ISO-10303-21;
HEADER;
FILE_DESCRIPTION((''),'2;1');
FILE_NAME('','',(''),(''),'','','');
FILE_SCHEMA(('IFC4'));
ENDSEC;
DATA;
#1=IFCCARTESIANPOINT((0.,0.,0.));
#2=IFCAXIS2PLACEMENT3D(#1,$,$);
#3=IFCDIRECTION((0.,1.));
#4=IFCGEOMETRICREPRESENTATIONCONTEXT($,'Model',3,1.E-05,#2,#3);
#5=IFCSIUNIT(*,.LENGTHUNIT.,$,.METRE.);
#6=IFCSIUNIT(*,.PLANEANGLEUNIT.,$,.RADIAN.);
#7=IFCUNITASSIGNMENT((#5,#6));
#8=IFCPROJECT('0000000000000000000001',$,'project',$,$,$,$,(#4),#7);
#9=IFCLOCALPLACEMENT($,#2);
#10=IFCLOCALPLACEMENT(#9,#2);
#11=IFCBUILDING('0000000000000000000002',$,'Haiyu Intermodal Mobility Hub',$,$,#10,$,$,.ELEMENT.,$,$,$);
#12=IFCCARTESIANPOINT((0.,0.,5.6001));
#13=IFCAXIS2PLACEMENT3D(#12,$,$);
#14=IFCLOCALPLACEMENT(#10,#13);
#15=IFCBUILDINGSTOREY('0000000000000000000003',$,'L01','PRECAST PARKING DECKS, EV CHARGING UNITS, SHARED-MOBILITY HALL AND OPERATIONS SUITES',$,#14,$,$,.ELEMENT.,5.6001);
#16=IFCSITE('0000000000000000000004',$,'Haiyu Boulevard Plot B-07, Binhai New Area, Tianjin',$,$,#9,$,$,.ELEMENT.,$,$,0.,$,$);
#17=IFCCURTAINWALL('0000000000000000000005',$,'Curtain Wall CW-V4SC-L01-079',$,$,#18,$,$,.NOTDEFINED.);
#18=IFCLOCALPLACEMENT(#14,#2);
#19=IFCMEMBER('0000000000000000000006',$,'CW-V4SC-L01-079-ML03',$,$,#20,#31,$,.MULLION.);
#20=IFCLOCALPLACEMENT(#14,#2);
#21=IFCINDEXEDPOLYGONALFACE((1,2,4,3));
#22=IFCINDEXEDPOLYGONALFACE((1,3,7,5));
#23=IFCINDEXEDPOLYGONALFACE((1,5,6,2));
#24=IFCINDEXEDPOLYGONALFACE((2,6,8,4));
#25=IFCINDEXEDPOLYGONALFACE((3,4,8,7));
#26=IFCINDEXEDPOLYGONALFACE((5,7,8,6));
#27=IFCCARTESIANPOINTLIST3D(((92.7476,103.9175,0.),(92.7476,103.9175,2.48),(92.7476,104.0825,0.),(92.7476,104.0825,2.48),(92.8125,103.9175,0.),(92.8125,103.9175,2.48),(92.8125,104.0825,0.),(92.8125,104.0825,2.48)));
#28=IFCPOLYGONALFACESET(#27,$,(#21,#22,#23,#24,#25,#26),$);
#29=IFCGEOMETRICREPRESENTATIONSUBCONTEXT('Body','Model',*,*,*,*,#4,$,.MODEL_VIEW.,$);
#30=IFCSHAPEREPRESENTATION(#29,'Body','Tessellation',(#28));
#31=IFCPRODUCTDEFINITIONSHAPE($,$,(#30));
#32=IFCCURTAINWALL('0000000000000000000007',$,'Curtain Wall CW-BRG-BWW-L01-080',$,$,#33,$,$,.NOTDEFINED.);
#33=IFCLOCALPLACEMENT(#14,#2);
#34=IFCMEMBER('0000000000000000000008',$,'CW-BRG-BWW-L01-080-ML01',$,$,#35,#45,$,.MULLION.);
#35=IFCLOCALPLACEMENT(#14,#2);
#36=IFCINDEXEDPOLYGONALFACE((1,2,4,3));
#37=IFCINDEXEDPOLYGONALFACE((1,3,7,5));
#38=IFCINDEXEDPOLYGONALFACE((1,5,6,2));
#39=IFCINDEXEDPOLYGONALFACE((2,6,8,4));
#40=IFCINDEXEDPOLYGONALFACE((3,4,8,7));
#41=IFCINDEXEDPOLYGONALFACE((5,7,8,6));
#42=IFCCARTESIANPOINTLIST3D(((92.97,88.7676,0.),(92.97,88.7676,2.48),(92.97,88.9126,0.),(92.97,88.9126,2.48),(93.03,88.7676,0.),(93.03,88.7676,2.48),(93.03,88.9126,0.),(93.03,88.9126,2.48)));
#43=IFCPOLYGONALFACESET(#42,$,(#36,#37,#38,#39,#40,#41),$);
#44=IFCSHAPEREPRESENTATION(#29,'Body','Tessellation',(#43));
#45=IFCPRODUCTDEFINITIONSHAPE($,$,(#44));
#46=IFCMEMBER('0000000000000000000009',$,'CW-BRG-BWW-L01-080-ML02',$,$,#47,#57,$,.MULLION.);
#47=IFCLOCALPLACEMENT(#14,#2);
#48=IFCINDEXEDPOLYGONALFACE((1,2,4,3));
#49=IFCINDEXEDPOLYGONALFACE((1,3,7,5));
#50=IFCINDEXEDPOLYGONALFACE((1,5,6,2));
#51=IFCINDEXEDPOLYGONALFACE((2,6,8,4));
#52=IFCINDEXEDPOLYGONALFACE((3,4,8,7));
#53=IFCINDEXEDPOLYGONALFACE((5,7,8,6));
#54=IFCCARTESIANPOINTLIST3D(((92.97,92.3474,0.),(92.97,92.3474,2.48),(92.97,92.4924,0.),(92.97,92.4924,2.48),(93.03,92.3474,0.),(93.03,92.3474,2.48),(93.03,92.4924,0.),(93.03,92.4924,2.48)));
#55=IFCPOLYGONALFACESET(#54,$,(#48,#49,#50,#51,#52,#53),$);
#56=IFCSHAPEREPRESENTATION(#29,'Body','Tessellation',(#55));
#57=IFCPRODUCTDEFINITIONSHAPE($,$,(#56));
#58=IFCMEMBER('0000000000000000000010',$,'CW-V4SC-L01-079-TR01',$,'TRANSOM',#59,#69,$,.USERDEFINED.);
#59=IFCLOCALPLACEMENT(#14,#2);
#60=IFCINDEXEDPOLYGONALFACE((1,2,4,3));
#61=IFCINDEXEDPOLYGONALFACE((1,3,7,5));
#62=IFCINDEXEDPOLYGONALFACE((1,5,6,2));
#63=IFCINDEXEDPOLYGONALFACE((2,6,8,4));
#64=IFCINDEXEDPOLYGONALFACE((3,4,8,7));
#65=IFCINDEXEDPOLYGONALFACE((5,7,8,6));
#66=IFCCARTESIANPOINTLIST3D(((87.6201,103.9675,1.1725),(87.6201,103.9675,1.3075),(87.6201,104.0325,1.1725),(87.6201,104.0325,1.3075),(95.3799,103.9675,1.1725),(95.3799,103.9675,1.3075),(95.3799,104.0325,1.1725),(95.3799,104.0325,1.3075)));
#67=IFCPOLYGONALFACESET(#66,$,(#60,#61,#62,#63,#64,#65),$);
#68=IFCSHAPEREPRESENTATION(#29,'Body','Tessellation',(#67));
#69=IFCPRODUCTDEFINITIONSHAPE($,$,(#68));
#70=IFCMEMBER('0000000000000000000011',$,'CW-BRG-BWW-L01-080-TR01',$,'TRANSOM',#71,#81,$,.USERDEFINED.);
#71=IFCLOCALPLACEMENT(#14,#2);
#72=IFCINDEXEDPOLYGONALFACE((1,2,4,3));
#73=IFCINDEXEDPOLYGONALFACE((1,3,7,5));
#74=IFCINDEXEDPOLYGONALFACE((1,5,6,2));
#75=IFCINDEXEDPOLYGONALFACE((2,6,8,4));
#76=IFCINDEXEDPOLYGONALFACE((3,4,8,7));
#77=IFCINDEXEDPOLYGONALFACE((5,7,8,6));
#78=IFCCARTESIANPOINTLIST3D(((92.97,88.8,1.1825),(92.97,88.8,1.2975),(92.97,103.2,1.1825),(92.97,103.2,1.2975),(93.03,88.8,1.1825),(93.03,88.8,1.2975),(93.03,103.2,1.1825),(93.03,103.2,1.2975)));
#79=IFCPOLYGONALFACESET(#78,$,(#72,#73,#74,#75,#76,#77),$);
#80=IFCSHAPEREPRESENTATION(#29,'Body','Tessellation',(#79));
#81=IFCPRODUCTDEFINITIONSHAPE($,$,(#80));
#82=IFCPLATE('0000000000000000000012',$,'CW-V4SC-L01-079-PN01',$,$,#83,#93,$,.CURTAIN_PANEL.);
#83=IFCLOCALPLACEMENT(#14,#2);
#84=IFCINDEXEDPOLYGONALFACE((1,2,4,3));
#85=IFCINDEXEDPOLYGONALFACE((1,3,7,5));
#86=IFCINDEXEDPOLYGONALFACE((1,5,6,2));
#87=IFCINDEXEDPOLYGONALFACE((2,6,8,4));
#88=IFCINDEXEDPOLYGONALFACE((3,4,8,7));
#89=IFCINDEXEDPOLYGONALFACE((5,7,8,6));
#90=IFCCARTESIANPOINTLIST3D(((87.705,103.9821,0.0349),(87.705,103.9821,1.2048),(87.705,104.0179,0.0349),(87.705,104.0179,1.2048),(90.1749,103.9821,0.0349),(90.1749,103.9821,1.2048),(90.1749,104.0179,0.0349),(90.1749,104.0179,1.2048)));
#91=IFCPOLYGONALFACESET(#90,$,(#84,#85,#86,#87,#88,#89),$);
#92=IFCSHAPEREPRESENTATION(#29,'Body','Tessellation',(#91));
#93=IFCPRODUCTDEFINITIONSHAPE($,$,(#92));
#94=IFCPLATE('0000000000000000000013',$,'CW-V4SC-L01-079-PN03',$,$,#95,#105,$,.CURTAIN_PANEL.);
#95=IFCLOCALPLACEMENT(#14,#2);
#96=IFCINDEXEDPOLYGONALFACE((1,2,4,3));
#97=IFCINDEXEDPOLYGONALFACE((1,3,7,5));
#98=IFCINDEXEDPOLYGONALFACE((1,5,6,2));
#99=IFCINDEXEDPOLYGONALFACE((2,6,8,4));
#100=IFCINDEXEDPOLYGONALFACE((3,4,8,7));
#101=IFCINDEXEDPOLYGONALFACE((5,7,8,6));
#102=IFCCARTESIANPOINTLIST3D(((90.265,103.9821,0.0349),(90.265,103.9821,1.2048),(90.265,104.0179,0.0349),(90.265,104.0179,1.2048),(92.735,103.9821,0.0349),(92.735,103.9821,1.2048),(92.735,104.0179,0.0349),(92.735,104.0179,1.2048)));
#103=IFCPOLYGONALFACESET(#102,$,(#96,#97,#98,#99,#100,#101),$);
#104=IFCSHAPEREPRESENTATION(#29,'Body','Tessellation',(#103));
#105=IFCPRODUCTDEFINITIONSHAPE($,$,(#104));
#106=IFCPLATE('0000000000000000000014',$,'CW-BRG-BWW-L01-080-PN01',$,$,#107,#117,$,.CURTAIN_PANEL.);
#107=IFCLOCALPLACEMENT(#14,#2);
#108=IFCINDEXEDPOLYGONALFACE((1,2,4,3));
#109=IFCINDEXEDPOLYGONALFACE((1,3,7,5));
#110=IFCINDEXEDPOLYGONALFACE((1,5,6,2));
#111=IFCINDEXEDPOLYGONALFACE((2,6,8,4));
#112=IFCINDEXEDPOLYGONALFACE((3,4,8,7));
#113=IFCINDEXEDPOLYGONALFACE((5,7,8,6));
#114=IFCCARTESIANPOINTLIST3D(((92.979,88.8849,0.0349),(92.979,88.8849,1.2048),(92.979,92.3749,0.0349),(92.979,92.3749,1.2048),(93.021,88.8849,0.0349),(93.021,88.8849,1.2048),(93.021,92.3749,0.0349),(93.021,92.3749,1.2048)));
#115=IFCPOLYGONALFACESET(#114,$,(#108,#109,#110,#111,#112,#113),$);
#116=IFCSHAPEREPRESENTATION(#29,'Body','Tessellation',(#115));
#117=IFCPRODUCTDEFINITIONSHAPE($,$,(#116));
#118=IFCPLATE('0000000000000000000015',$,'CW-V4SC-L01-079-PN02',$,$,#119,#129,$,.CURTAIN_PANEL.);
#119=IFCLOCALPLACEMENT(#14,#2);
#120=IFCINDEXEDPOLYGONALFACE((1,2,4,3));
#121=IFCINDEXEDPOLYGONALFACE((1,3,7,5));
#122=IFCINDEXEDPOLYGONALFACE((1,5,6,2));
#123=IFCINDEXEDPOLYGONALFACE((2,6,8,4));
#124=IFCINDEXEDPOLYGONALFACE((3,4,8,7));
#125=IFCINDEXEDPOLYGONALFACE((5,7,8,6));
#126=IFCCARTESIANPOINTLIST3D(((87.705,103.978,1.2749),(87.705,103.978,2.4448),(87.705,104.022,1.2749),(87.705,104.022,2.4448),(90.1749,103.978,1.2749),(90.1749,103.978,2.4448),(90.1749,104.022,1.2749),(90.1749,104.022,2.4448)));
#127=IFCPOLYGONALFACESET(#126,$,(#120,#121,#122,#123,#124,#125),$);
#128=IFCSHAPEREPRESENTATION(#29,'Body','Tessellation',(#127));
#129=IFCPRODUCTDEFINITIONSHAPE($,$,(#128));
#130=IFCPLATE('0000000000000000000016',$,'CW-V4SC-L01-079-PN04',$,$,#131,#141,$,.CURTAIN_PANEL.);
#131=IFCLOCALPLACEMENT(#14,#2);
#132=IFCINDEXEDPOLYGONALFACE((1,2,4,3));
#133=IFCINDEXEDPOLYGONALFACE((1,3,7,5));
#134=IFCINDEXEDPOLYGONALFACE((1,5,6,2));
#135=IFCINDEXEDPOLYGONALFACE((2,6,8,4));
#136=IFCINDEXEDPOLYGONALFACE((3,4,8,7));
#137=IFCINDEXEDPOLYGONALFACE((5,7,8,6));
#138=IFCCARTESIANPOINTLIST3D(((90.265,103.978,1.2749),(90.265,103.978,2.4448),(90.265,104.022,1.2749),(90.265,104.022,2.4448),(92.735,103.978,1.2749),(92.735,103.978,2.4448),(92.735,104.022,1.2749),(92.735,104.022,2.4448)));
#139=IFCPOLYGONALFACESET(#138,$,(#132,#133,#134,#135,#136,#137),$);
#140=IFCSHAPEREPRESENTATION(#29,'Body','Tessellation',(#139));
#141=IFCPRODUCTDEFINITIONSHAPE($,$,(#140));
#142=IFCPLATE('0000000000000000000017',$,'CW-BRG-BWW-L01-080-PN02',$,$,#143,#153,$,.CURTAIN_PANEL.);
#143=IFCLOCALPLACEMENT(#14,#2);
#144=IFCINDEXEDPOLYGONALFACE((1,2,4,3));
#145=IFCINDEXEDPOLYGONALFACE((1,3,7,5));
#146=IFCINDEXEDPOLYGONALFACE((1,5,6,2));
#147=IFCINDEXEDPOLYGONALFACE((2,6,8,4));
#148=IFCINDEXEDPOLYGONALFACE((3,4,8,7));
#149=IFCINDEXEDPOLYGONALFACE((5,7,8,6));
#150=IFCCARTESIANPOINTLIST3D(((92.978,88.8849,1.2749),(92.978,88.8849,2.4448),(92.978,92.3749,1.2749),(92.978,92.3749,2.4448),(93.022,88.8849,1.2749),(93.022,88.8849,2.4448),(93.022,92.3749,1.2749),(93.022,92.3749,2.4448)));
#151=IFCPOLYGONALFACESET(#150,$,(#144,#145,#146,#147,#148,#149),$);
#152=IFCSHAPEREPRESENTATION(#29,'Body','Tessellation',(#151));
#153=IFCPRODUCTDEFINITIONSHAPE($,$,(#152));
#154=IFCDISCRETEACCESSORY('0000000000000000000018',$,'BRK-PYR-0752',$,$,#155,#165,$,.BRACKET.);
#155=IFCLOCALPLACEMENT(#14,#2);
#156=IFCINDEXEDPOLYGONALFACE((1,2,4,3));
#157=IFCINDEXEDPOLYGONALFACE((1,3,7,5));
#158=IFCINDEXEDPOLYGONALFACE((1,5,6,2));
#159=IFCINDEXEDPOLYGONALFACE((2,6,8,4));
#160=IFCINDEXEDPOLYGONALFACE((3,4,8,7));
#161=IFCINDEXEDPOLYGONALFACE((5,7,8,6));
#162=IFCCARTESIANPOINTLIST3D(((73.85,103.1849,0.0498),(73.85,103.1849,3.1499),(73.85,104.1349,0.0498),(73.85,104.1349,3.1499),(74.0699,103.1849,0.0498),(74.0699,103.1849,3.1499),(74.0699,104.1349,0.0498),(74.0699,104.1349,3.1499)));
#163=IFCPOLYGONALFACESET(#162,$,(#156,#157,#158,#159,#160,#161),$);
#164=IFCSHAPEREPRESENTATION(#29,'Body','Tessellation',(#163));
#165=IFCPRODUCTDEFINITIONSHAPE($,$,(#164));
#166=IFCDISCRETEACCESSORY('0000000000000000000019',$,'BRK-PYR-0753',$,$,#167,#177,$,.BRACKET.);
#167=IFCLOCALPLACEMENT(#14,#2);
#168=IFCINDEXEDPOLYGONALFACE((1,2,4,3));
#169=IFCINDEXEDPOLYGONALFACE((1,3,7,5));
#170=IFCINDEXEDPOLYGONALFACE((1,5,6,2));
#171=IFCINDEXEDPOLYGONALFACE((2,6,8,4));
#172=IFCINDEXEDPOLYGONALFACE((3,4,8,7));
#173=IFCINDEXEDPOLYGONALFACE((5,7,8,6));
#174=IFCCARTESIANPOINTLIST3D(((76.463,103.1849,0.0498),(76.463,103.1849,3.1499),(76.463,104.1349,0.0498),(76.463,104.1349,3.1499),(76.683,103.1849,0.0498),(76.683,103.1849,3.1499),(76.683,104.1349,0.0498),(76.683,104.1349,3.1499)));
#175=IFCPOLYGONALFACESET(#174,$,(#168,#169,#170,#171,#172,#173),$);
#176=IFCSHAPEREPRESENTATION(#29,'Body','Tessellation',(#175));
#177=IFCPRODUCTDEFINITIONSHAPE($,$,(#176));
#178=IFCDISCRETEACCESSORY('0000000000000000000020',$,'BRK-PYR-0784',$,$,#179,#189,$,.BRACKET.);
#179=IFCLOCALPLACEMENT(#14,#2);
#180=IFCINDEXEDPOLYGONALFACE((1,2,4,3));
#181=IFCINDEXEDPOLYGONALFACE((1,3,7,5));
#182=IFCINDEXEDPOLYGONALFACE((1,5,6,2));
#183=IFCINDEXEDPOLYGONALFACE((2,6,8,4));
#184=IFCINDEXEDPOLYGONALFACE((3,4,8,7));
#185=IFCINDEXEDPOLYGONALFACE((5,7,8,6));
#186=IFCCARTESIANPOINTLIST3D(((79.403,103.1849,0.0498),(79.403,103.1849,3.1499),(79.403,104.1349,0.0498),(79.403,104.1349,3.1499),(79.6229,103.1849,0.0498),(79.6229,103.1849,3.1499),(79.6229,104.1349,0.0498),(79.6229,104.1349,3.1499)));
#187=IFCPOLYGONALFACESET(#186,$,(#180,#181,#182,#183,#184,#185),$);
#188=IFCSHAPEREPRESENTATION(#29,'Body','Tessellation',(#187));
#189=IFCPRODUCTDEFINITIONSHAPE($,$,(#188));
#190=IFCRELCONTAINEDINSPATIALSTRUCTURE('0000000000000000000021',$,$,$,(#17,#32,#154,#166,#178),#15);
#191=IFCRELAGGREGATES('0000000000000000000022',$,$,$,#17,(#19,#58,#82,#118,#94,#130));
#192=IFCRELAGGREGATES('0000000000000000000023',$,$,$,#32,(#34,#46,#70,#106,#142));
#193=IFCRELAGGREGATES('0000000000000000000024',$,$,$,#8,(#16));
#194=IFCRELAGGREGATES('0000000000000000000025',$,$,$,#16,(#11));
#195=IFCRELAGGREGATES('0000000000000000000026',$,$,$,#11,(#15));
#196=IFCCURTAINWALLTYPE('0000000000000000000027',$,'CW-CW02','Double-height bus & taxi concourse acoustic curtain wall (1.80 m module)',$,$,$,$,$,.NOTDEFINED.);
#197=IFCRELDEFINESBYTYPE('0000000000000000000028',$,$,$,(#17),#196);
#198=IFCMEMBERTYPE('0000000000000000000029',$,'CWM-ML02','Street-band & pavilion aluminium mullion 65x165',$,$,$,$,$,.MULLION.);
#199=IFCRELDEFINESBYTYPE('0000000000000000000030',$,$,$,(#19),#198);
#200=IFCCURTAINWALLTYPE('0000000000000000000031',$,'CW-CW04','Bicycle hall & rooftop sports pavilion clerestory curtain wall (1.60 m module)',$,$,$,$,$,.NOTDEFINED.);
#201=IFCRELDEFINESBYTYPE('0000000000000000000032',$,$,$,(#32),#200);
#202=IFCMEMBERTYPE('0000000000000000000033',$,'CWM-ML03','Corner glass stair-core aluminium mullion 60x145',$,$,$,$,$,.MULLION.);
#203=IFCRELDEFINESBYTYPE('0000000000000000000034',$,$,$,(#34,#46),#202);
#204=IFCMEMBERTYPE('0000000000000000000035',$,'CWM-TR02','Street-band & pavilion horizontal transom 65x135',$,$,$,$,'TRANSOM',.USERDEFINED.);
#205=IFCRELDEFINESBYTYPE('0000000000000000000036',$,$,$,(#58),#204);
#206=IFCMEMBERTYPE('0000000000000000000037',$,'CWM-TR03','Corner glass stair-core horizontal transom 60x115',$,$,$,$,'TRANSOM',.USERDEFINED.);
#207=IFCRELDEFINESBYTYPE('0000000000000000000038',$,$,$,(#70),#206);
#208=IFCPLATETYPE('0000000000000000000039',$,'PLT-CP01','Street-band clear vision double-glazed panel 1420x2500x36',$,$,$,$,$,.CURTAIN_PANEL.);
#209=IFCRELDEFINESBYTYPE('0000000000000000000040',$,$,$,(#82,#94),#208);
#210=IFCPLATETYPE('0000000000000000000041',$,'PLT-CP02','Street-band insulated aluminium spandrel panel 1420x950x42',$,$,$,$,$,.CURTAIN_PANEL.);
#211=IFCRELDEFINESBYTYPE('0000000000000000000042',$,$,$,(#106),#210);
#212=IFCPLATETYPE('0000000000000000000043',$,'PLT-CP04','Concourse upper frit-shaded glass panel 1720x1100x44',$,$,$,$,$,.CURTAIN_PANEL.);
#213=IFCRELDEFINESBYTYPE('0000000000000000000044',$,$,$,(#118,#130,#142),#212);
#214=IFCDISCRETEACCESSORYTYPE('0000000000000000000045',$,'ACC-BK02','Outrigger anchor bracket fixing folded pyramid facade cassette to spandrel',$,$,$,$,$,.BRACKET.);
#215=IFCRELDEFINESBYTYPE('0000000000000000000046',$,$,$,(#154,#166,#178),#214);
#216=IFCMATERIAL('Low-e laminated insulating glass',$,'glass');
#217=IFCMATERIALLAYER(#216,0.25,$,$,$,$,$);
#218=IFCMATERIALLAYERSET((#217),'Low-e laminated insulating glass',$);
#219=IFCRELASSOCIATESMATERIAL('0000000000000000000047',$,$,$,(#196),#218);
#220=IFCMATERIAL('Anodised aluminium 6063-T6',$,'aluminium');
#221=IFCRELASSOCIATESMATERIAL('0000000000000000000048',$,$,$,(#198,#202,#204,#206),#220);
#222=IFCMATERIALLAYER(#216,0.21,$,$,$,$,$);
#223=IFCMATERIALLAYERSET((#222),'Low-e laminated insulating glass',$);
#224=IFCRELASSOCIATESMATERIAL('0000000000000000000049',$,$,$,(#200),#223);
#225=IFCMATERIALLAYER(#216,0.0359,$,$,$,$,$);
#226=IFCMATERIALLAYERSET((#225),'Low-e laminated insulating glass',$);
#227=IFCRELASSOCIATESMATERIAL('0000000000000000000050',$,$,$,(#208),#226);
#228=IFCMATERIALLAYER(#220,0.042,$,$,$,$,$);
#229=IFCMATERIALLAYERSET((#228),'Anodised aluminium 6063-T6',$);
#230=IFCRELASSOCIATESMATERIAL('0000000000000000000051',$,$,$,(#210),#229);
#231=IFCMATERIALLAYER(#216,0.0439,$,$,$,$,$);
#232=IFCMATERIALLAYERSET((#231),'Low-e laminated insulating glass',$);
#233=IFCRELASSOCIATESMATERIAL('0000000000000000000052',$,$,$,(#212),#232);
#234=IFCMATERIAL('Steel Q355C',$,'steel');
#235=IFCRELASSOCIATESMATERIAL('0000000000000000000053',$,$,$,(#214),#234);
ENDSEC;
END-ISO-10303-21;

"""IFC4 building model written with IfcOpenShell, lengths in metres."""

from ifc_helpers import new_model, si_unit, direction, frame, origin, origin_2d, place, context, subcontext, project, spatial, rectangle, extrude, material, layer, layer_set, material_profile, profile_set, type_object, element, aggregate, save


model = new_model("IFC4")

# Units and contexts
model_context = context("Model", 3, precision=1e-05, world=origin(), true_north=direction((0.0, 1.0)))
body_context = subcontext(model_context, "Body", "Model", "MODEL_VIEW")
ifc_project = project(units=[si_unit("LENGTHUNIT", "METRE"), si_unit("PLANEANGLEUNIT", "RADIAN")], contexts=[model_context])

# Site, building, storey
site_placement = place(None, origin())
site = spatial("IfcSite", under=ifc_project, at=site_placement, Name="Haiyu Boulevard Plot B-07, Binhai New Area, Tianjin", CompositionType="ELEMENT", RefElevation=0.0)
building_placement = place(site_placement, origin())
building = spatial("IfcBuilding", under=site, at=building_placement, Name="Haiyu Intermodal Mobility Hub", CompositionType="ELEMENT")
storey_placement = place(building_placement, frame((0.0, 0.0, 5.6001)))
storey = spatial("IfcBuildingStorey", under=building, at=storey_placement, Name="L01", Description="PRECAST PARKING DECKS, EV CHARGING UNITS, SHARED-MOBILITY HALL AND OPERATIONS SUITES", CompositionType="ELEMENT", Elevation=5.6001)

# Shared definitions
ifc_material_1 = material(Name="Steel Q355C", Category="steel")

# Curtain walls, members
ifc_material_2 = material(Name="Low-e laminated insulating glass", Category="glass")
ifc_layer_1 = layer(ifc_material_2, 0.25)
ifc_layer_set_1 = layer_set([ifc_layer_1], Name="Low-e laminated insulating glass")
curtain_wall_type_1 = type_object("IfcCurtainWallType", Name="CW-CW02", Description="Double-height bus & taxi concourse acoustic curtain wall (1.80 m module)", PredefinedType="NOTDEFINED", material=ifc_layer_set_1)
curtain_wall_1_placement = place(storey_placement, origin())
curtain_wall_1 = element("IfcCurtainWall", 1, at=curtain_wall_1_placement, inside=storey, type_object=curtain_wall_type_1, Name="Curtain Wall CW-V4SC-L01-079", PredefinedType="NOTDEFINED")
ifc_material_3 = material(Name="Anodised aluminium 6063-T6", Category="aluminium")
ifc_material_profile_1 = material_profile(ifc_material_3, rectangle(XDim=0.0649, YDim=0.165, at=origin_2d()), Name="ALU65x165")
ifc_profile_set_1 = profile_set([ifc_material_profile_1], Name="Anodised aluminium 6063-T6")
member_type_1 = type_object("IfcMemberType", Name="CWM-ML02", Description="Street-band & pavilion aluminium mullion 65x165", PredefinedType="MULLION", material=ifc_profile_set_1)
member_1_placement = place(storey_placement, frame((92.78, 104.0, 0.0), z_axis=(0.0, 0.0, 1.0), x_axis=(1.0, 0.0, 0.0)))
member_1 = element("IfcMember", 2, at=member_1_placement, type_object=member_type_1, Name="CW-V4SC-L01-079-ML03", PredefinedType="MULLION", context=body_context, shape_type="SweptSolid", body=[
    extrude(rectangle(XDim=0.0649, YDim=0.165, at=origin_2d()), origin(), (0.0, 0.0, 1.0), 2.48),
])
ifc_layer_2 = layer(ifc_material_2, 0.21)
ifc_layer_set_2 = layer_set([ifc_layer_2], Name="Low-e laminated insulating glass")
curtain_wall_type_2 = type_object("IfcCurtainWallType", Name="CW-CW04", Description="Bicycle hall & rooftop sports pavilion clerestory curtain wall (1.60 m module)", PredefinedType="NOTDEFINED", material=ifc_layer_set_2)
curtain_wall_2_placement = place(storey_placement, origin())
curtain_wall_2 = element("IfcCurtainWall", 3, at=curtain_wall_2_placement, inside=storey, type_object=curtain_wall_type_2, Name="Curtain Wall CW-BRG-BWW-L01-080", PredefinedType="NOTDEFINED")
ifc_material_profile_2 = material_profile(ifc_material_3, rectangle(XDim=0.0601, YDim=0.145, at=origin_2d()), Name="ALU60x145")
ifc_profile_set_2 = profile_set([ifc_material_profile_2], Name="Anodised aluminium 6063-T6")
member_type_2 = type_object("IfcMemberType", Name="CWM-ML03", Description="Corner glass stair-core aluminium mullion 60x145", PredefinedType="MULLION", material=ifc_profile_set_2)
member_2_placement = place(storey_placement, frame((93.0, 88.8401, 0.0), z_axis=(0.0, 0.0, 1.0), x_axis=(1.0, 0.0, 0.0)))
member_2 = element("IfcMember", 4, at=member_2_placement, type_object=member_type_2, Name="CW-BRG-BWW-L01-080-ML01", PredefinedType="MULLION", context=body_context, shape_type="SweptSolid", body=[
    extrude(rectangle(XDim=0.0601, YDim=0.145, at=origin_2d()), origin(), (0.0, 0.0, 1.0), 2.48),
])
member_3_placement = place(storey_placement, frame((93.0, 92.4199, 0.0), z_axis=(0.0, 0.0, 1.0), x_axis=(1.0, 0.0, 0.0)))
member_3 = element("IfcMember", 5, at=member_3_placement, type_object=member_type_2, Name="CW-BRG-BWW-L01-080-ML02", PredefinedType="MULLION", context=body_context, shape_type="SweptSolid", body=[
    extrude(rectangle(XDim=0.0601, YDim=0.145, at=origin_2d()), origin(), (0.0, 0.0, 1.0), 2.48),
])

# Members
ifc_material_profile_3 = material_profile(ifc_material_3, rectangle(XDim=0.0649, YDim=0.135, at=origin_2d()), Name="ALU65x135")
ifc_profile_set_3 = profile_set([ifc_material_profile_3], Name="Anodised aluminium 6063-T6")
member_type_3 = type_object("IfcMemberType", Name="CWM-TR02", Description="Street-band & pavilion horizontal transom 65x135", ElementType="TRANSOM", PredefinedType="USERDEFINED", material=ifc_profile_set_3)
member_4_placement = place(storey_placement, frame((87.6201, 104.0, 1.24), z_axis=(1.0, 0.0, 0.0), x_axis=(0.0, 1.0, 0.0)))
member_4 = element("IfcMember", 6, at=member_4_placement, type_object=member_type_3, Name="CW-V4SC-L01-079-TR01", ObjectType="TRANSOM", PredefinedType="USERDEFINED", context=body_context, shape_type="SweptSolid", body=[
    extrude(rectangle(XDim=0.0649, YDim=0.135, at=origin_2d()), origin(), (0.0, 0.0, 1.0), 7.7598),
])
ifc_material_profile_4 = material_profile(ifc_material_3, rectangle(XDim=0.0601, YDim=0.115, at=origin_2d()), Name="ALU60x115")
ifc_profile_set_4 = profile_set([ifc_material_profile_4], Name="Anodised aluminium 6063-T6")
member_type_4 = type_object("IfcMemberType", Name="CWM-TR03", Description="Corner glass stair-core horizontal transom 60x115", ElementType="TRANSOM", PredefinedType="USERDEFINED", material=ifc_profile_set_4)
member_5_placement = place(storey_placement, frame((93.0, 88.8, 1.24), z_axis=(0.0, 1.0, 0.0), x_axis=(-1.0, 0.0, 0.0)))
member_5 = element("IfcMember", 7, at=member_5_placement, type_object=member_type_4, Name="CW-BRG-BWW-L01-080-TR01", ObjectType="TRANSOM", PredefinedType="USERDEFINED", context=body_context, shape_type="SweptSolid", body=[
    extrude(rectangle(XDim=0.0601, YDim=0.115, at=origin_2d()), origin(), (0.0, 0.0, 1.0), 14.3999),
])

# Plates
ifc_layer_3 = layer(ifc_material_2, 0.0359)
ifc_layer_set_3 = layer_set([ifc_layer_3], Name="Low-e laminated insulating glass")
plate_type_1 = type_object("IfcPlateType", Name="PLT-CP01", Description="Street-band clear vision double-glazed panel 1420x2500x36", PredefinedType="CURTAIN_PANEL", material=ifc_layer_set_3)
plate_1_placement = place(storey_placement, frame((88.9399, 104.0, 0.0349), z_axis=(0.0, 0.0, 1.0), x_axis=(1.0, 0.0, 0.0)))
plate_1 = element("IfcPlate", 8, at=plate_1_placement, type_object=plate_type_1, Name="CW-V4SC-L01-079-PN01", PredefinedType="CURTAIN_PANEL", context=body_context, shape_type="SweptSolid", body=[
    extrude(rectangle(XDim=2.47, YDim=0.0359, at=origin_2d()), origin(), (0.0, 0.0, 1.0), 1.1699),
])
plate_2_placement = place(storey_placement, frame((91.5, 104.0, 0.0349), z_axis=(0.0, 0.0, 1.0), x_axis=(1.0, 0.0, 0.0)))
plate_2 = element("IfcPlate", 9, at=plate_2_placement, type_object=plate_type_1, Name="CW-V4SC-L01-079-PN03", PredefinedType="CURTAIN_PANEL", context=body_context, shape_type="SweptSolid", body=[
    extrude(rectangle(XDim=2.47, YDim=0.0359, at=origin_2d()), origin(), (0.0, 0.0, 1.0), 1.1699),
])
ifc_layer_4 = layer(ifc_material_3, 0.042)
ifc_layer_set_4 = layer_set([ifc_layer_4], Name="Anodised aluminium 6063-T6")
plate_type_2 = type_object("IfcPlateType", Name="PLT-CP02", Description="Street-band insulated aluminium spandrel panel 1420x950x42", PredefinedType="CURTAIN_PANEL", material=ifc_layer_set_4)
plate_3_placement = place(storey_placement, frame((93.0, 90.6299, 0.0349), z_axis=(0.0, 0.0, 1.0), x_axis=(0.0, 1.0, 0.0)))
plate_3 = element("IfcPlate", 10, at=plate_3_placement, type_object=plate_type_2, Name="CW-BRG-BWW-L01-080-PN01", PredefinedType="CURTAIN_PANEL", context=body_context, shape_type="SweptSolid", body=[
    extrude(rectangle(XDim=3.49, YDim=0.042, at=origin_2d()), origin(), (0.0, 0.0, 1.0), 1.1699),
])
ifc_layer_5 = layer(ifc_material_2, 0.0439)
ifc_layer_set_5 = layer_set([ifc_layer_5], Name="Low-e laminated insulating glass")
plate_type_3 = type_object("IfcPlateType", Name="PLT-CP04", Description="Concourse upper frit-shaded glass panel 1720x1100x44", PredefinedType="CURTAIN_PANEL", material=ifc_layer_set_5)
plate_4_placement = place(storey_placement, frame((88.9399, 104.0, 1.2749), z_axis=(0.0, 0.0, 1.0), x_axis=(1.0, 0.0, 0.0)))
plate_4 = element("IfcPlate", 11, at=plate_4_placement, type_object=plate_type_3, Name="CW-V4SC-L01-079-PN02", PredefinedType="CURTAIN_PANEL", context=body_context, shape_type="SweptSolid", body=[
    extrude(rectangle(XDim=2.47, YDim=0.0439, at=origin_2d()), origin(), (0.0, 0.0, 1.0), 1.1699),
])
plate_5_placement = place(storey_placement, frame((91.5, 104.0, 1.2749), z_axis=(0.0, 0.0, 1.0), x_axis=(1.0, 0.0, 0.0)))
plate_5 = element("IfcPlate", 12, at=plate_5_placement, type_object=plate_type_3, Name="CW-V4SC-L01-079-PN04", PredefinedType="CURTAIN_PANEL", context=body_context, shape_type="SweptSolid", body=[
    extrude(rectangle(XDim=2.47, YDim=0.0439, at=origin_2d()), origin(), (0.0, 0.0, 1.0), 1.1699),
])
aggregate(curtain_wall_1, [member_1, member_4, plate_1, plate_4, plate_2, plate_5])
plate_6_placement = place(storey_placement, frame((93.0, 90.6299, 1.2749), z_axis=(0.0, 0.0, 1.0), x_axis=(0.0, 1.0, 0.0)))
plate_6 = element("IfcPlate", 13, at=plate_6_placement, type_object=plate_type_3, Name="CW-BRG-BWW-L01-080-PN02", PredefinedType="CURTAIN_PANEL", context=body_context, shape_type="SweptSolid", body=[
    extrude(rectangle(XDim=3.49, YDim=0.0439, at=origin_2d()), origin(), (0.0, 0.0, 1.0), 1.1699),
])
aggregate(curtain_wall_2, [member_2, member_3, member_5, plate_3, plate_6])

# Discrete accessories
discrete_accessory_type = type_object("IfcDiscreteAccessoryType", Name="ACC-BK02", Description="Outrigger anchor bracket fixing folded pyramid facade cassette to spandrel", PredefinedType="BRACKET", material=ifc_material_1)
for number, where, z_axis, x_axis, name in (
    (14, (73.96, 103.6599, 0.0498), (0.0, 0.0, 1.0), (1.0, 0.0, 0.0), "BRK-PYR-0752"),
    (15, (76.573, 103.6599, 0.0498), (0.0, 0.0, 1.0), (1.0, 0.0, 0.0), "BRK-PYR-0753"),
    (16, (79.5129, 103.6599, 0.0498), (0.0, 0.0, 1.0), (1.0, 0.0, 0.0), "BRK-PYR-0784"),
):
    element("IfcDiscreteAccessory", number, at=place(storey_placement, frame(where, z_axis=z_axis, x_axis=x_axis)), inside=storey, type_object=discrete_accessory_type, Name=name, PredefinedType="BRACKET", context=body_context, shape_type="SweptSolid", body=[
        extrude(rectangle(XDim=0.22, YDim=0.95, at=origin_2d()), origin(), (0.0, 0.0, 1.0), 3.1001),
    ])

save(model, "model.ifc")
